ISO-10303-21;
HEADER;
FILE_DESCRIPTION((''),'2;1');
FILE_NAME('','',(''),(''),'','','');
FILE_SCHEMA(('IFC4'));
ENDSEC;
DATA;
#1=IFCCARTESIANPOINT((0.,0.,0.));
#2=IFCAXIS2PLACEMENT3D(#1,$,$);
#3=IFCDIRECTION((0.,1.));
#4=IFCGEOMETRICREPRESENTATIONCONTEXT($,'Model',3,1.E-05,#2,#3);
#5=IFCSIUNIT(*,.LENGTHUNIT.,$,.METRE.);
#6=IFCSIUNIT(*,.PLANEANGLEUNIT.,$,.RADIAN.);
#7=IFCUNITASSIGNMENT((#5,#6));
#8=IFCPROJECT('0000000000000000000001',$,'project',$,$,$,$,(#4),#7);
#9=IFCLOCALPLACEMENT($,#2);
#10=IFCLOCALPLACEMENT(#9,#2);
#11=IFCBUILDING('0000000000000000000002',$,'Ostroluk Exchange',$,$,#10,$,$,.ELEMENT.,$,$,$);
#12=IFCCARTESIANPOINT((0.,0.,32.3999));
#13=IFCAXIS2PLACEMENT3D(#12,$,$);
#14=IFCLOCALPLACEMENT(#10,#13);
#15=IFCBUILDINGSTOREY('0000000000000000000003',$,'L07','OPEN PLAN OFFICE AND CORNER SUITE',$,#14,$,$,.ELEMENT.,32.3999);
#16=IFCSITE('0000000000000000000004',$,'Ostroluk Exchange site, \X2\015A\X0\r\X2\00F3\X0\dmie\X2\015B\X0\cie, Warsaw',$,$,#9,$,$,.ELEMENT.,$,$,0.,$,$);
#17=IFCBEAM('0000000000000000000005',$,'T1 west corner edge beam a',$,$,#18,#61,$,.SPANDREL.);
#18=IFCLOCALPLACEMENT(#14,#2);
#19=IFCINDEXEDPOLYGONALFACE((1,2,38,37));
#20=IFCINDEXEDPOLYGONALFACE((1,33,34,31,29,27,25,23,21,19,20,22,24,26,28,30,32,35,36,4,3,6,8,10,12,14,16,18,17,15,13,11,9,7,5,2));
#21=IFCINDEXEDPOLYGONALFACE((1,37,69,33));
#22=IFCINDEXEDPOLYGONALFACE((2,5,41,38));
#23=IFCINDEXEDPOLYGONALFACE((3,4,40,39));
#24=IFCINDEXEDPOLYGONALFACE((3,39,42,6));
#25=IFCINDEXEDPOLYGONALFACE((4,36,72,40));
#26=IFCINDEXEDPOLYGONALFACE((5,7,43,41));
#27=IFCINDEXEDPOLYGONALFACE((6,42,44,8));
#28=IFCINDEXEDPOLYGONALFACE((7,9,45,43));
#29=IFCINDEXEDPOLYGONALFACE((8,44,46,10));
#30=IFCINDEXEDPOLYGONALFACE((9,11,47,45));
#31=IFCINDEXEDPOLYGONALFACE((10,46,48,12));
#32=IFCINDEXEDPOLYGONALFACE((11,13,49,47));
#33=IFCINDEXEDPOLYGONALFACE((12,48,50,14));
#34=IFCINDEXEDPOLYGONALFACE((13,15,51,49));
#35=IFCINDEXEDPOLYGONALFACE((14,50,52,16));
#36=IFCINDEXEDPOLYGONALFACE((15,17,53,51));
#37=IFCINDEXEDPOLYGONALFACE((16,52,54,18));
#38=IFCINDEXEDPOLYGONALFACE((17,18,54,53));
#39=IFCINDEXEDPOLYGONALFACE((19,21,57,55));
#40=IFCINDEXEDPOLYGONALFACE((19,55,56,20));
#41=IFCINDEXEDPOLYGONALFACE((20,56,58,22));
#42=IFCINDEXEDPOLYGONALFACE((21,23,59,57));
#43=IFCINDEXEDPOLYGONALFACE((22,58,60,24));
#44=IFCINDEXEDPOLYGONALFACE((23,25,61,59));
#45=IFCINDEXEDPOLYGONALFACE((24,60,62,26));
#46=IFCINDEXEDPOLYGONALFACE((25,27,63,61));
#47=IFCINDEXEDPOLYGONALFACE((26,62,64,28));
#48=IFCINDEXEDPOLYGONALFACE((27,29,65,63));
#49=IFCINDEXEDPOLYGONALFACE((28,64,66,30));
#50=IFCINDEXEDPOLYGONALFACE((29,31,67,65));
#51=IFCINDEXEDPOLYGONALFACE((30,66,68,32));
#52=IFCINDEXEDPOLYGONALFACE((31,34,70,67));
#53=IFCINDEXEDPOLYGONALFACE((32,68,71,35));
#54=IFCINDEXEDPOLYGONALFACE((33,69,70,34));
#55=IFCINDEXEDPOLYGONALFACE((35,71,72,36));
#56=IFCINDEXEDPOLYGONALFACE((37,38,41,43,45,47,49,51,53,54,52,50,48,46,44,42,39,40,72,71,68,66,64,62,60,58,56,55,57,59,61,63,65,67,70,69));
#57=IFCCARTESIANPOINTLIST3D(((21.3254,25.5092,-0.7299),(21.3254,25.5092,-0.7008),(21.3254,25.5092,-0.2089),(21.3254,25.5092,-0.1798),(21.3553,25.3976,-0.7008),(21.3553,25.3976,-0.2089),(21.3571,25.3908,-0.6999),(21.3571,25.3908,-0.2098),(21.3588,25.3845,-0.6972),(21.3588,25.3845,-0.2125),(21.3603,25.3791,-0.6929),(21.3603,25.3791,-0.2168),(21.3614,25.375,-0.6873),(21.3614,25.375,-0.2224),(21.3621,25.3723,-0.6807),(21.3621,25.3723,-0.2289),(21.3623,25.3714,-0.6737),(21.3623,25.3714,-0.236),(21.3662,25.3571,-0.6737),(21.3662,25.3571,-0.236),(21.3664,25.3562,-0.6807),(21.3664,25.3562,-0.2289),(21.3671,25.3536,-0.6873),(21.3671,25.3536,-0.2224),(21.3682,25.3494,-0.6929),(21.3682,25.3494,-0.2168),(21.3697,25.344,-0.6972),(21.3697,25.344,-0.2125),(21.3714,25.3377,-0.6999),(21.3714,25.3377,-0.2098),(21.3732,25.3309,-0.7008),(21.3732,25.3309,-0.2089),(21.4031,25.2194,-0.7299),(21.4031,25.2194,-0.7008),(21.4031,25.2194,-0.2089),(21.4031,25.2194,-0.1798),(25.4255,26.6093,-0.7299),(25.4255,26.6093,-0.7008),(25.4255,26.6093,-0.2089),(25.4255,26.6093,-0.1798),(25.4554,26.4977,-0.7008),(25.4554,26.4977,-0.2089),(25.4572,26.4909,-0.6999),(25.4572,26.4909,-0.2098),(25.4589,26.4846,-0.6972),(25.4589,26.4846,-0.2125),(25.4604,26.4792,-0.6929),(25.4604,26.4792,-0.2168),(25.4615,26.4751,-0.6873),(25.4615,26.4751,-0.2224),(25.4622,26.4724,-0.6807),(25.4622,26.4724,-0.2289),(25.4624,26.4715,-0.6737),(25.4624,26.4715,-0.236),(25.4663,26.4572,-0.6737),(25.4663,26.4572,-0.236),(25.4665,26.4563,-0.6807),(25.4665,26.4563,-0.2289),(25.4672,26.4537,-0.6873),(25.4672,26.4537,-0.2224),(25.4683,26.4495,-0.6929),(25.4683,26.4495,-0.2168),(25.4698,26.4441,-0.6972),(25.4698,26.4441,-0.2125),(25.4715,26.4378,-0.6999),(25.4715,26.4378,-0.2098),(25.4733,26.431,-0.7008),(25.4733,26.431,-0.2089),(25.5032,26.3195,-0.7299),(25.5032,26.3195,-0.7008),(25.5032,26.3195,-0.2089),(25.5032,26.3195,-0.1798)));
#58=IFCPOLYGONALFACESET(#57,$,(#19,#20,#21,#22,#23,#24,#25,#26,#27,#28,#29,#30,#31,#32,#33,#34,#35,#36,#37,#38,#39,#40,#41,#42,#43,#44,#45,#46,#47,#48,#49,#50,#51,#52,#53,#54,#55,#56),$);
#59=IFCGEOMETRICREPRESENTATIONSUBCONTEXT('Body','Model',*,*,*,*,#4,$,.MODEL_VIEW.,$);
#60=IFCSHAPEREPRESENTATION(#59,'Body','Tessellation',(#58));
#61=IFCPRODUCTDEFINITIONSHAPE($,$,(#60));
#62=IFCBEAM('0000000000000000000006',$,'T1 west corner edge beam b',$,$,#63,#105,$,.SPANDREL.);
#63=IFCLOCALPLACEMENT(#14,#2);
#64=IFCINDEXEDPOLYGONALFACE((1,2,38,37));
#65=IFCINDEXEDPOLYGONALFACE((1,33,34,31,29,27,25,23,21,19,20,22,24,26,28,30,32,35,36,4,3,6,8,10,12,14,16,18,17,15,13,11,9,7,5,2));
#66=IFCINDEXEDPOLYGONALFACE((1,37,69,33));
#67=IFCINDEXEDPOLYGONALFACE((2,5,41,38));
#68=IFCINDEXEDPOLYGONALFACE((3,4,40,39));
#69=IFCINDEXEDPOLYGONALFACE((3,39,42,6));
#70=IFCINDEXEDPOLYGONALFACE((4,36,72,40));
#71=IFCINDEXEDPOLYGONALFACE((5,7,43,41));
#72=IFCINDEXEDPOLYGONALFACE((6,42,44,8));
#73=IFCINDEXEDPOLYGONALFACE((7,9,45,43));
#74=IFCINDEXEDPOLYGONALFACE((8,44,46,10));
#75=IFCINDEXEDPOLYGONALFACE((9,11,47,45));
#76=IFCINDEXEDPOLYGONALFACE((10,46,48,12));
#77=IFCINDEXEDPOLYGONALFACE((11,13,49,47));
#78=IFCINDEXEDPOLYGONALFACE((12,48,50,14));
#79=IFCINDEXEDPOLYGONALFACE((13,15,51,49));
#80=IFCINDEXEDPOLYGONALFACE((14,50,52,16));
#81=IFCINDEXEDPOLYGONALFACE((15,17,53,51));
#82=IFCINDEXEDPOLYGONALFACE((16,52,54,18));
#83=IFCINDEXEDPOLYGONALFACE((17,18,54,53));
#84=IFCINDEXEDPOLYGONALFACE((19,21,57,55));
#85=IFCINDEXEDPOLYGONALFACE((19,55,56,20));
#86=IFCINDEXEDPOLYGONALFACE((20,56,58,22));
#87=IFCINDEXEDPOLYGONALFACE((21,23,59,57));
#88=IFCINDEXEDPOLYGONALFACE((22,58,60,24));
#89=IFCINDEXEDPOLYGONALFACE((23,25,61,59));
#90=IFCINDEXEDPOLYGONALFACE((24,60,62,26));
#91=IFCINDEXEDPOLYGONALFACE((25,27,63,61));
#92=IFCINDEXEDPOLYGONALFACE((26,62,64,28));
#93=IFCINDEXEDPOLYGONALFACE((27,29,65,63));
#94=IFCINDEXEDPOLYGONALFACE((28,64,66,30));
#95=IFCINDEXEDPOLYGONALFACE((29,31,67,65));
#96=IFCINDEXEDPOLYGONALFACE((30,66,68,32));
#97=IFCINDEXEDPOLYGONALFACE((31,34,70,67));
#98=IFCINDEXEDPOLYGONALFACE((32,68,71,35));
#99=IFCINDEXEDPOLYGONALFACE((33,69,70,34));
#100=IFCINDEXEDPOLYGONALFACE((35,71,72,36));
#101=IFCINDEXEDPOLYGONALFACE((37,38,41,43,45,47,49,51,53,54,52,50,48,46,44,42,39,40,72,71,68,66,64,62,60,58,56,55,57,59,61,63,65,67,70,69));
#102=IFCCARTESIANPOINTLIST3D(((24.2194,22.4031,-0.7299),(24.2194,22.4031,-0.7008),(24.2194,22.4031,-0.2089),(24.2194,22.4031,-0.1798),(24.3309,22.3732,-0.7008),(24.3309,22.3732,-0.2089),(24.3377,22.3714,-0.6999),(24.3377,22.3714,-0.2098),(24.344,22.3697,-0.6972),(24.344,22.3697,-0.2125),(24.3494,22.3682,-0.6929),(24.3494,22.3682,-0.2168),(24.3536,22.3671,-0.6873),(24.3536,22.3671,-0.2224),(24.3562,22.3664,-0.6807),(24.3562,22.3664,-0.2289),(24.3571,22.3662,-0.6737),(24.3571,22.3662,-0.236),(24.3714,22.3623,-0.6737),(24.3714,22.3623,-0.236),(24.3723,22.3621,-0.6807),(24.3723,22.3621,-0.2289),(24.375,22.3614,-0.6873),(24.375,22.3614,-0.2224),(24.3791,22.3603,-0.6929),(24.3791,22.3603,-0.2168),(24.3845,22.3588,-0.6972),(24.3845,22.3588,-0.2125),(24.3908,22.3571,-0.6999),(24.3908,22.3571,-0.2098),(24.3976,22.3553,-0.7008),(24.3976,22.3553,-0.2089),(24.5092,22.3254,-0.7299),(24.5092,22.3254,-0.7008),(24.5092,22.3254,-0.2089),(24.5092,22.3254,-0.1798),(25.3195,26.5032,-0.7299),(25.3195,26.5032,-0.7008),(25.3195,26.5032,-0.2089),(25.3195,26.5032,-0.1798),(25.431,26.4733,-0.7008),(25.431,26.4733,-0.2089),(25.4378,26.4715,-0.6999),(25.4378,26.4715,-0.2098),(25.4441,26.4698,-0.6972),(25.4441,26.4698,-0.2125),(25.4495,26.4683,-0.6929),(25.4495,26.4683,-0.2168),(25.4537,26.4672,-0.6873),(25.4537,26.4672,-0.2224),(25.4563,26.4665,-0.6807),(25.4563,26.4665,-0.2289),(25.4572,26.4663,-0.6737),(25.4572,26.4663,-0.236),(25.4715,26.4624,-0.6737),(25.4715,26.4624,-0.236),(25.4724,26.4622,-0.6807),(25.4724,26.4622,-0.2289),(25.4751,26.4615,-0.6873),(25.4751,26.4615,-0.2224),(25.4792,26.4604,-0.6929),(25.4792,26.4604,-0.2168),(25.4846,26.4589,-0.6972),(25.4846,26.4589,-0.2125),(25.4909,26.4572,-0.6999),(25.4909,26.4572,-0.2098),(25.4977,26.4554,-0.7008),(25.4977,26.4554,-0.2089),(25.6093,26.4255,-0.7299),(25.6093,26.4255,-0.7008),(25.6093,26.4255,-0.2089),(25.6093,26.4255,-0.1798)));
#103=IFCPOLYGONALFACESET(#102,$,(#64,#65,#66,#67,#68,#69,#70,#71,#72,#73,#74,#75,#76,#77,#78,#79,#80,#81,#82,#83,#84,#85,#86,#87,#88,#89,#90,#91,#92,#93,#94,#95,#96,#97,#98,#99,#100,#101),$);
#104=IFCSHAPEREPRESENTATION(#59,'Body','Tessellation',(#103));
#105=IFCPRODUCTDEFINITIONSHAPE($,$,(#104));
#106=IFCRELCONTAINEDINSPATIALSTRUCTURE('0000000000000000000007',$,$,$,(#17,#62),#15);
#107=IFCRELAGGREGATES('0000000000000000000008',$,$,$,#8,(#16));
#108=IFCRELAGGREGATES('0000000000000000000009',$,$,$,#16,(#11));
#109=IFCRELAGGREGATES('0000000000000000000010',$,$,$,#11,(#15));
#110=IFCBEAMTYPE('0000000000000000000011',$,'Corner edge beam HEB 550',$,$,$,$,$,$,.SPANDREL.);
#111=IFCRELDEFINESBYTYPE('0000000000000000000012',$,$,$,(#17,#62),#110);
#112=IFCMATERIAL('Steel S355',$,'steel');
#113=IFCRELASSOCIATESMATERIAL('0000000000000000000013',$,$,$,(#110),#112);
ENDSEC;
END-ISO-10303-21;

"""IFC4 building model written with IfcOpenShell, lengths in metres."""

from ifc_helpers import new_model, si_unit, direction, frame, origin, origin_2d, place, context, subcontext, project, spatial, i_section, extrude, material, material_profile, profile_set, type_object, element, save


model = new_model("IFC4")

# Units and contexts
model_context = context("Model", 3, precision=1e-05, world=origin(), true_north=direction((0.0, 1.0)))
body_context = subcontext(model_context, "Body", "Model", "MODEL_VIEW")
ifc_project = project(units=[si_unit("LENGTHUNIT", "METRE"), si_unit("PLANEANGLEUNIT", "RADIAN")], contexts=[model_context])

# Site, building, storey
site_placement = place(None, origin())
site = spatial("IfcSite", under=ifc_project, at=site_placement, Name="Ostroluk Exchange site, Śródmieście, Warsaw", CompositionType="ELEMENT", RefElevation=0.0)
building_placement = place(site_placement, origin())
building = spatial("IfcBuilding", under=site, at=building_placement, Name="Ostroluk Exchange", CompositionType="ELEMENT")
storey_placement = place(building_placement, frame((0.0, 0.0, 32.3999)))
storey = spatial("IfcBuildingStorey", under=building, at=storey_placement, Name="L07", Description="OPEN PLAN OFFICE AND CORNER SUITE", CompositionType="ELEMENT", Elevation=32.3999)

# Beams
ifc_material_1 = material(Name="Steel S355", Category="steel")
ifc_material_profile = material_profile(ifc_material_1, i_section(OverallWidth=0.3, OverallDepth=0.55, WebThickness=0.0149, FlangeThickness=0.0291, FilletRadius=0.0271, at=origin_2d()), Name="HEB 550")
ifc_profile_set = profile_set([ifc_material_profile], Name="Steel S355")
beam_type = type_object("IfcBeamType", Name="Corner edge beam HEB 550", PredefinedType="SPANDREL", material=ifc_profile_set)
for number, where, z_axis, x_axis, name in (
    (1, (25.4644, 26.4644, -0.4548), (-0.965839, -0.259144, 0.0), (0.259144, -0.965839, 0.0), "T1 west corner edge beam a"),
    (2, (25.4644, 26.4644, -0.4548), (-0.259144, -0.965839, 0.0), (0.965839, -0.259144, 0.0), "T1 west corner edge beam b"),
):
    element("IfcBeam", number, at=place(storey_placement, frame(where, z_axis=z_axis, x_axis=x_axis)), inside=storey, type_object=beam_type, Name=name, PredefinedType="SPANDREL", context=body_context, shape_type="SweptSolid", body=[
        extrude(i_section(OverallWidth=0.3, OverallDepth=0.55, WebThickness=0.0149, FlangeThickness=0.0291, FilletRadius=0.0271, at=origin_2d()), origin(), (0.0, 0.0, 1.0), 4.2451),
    ])

save(model, "model.ifc")
